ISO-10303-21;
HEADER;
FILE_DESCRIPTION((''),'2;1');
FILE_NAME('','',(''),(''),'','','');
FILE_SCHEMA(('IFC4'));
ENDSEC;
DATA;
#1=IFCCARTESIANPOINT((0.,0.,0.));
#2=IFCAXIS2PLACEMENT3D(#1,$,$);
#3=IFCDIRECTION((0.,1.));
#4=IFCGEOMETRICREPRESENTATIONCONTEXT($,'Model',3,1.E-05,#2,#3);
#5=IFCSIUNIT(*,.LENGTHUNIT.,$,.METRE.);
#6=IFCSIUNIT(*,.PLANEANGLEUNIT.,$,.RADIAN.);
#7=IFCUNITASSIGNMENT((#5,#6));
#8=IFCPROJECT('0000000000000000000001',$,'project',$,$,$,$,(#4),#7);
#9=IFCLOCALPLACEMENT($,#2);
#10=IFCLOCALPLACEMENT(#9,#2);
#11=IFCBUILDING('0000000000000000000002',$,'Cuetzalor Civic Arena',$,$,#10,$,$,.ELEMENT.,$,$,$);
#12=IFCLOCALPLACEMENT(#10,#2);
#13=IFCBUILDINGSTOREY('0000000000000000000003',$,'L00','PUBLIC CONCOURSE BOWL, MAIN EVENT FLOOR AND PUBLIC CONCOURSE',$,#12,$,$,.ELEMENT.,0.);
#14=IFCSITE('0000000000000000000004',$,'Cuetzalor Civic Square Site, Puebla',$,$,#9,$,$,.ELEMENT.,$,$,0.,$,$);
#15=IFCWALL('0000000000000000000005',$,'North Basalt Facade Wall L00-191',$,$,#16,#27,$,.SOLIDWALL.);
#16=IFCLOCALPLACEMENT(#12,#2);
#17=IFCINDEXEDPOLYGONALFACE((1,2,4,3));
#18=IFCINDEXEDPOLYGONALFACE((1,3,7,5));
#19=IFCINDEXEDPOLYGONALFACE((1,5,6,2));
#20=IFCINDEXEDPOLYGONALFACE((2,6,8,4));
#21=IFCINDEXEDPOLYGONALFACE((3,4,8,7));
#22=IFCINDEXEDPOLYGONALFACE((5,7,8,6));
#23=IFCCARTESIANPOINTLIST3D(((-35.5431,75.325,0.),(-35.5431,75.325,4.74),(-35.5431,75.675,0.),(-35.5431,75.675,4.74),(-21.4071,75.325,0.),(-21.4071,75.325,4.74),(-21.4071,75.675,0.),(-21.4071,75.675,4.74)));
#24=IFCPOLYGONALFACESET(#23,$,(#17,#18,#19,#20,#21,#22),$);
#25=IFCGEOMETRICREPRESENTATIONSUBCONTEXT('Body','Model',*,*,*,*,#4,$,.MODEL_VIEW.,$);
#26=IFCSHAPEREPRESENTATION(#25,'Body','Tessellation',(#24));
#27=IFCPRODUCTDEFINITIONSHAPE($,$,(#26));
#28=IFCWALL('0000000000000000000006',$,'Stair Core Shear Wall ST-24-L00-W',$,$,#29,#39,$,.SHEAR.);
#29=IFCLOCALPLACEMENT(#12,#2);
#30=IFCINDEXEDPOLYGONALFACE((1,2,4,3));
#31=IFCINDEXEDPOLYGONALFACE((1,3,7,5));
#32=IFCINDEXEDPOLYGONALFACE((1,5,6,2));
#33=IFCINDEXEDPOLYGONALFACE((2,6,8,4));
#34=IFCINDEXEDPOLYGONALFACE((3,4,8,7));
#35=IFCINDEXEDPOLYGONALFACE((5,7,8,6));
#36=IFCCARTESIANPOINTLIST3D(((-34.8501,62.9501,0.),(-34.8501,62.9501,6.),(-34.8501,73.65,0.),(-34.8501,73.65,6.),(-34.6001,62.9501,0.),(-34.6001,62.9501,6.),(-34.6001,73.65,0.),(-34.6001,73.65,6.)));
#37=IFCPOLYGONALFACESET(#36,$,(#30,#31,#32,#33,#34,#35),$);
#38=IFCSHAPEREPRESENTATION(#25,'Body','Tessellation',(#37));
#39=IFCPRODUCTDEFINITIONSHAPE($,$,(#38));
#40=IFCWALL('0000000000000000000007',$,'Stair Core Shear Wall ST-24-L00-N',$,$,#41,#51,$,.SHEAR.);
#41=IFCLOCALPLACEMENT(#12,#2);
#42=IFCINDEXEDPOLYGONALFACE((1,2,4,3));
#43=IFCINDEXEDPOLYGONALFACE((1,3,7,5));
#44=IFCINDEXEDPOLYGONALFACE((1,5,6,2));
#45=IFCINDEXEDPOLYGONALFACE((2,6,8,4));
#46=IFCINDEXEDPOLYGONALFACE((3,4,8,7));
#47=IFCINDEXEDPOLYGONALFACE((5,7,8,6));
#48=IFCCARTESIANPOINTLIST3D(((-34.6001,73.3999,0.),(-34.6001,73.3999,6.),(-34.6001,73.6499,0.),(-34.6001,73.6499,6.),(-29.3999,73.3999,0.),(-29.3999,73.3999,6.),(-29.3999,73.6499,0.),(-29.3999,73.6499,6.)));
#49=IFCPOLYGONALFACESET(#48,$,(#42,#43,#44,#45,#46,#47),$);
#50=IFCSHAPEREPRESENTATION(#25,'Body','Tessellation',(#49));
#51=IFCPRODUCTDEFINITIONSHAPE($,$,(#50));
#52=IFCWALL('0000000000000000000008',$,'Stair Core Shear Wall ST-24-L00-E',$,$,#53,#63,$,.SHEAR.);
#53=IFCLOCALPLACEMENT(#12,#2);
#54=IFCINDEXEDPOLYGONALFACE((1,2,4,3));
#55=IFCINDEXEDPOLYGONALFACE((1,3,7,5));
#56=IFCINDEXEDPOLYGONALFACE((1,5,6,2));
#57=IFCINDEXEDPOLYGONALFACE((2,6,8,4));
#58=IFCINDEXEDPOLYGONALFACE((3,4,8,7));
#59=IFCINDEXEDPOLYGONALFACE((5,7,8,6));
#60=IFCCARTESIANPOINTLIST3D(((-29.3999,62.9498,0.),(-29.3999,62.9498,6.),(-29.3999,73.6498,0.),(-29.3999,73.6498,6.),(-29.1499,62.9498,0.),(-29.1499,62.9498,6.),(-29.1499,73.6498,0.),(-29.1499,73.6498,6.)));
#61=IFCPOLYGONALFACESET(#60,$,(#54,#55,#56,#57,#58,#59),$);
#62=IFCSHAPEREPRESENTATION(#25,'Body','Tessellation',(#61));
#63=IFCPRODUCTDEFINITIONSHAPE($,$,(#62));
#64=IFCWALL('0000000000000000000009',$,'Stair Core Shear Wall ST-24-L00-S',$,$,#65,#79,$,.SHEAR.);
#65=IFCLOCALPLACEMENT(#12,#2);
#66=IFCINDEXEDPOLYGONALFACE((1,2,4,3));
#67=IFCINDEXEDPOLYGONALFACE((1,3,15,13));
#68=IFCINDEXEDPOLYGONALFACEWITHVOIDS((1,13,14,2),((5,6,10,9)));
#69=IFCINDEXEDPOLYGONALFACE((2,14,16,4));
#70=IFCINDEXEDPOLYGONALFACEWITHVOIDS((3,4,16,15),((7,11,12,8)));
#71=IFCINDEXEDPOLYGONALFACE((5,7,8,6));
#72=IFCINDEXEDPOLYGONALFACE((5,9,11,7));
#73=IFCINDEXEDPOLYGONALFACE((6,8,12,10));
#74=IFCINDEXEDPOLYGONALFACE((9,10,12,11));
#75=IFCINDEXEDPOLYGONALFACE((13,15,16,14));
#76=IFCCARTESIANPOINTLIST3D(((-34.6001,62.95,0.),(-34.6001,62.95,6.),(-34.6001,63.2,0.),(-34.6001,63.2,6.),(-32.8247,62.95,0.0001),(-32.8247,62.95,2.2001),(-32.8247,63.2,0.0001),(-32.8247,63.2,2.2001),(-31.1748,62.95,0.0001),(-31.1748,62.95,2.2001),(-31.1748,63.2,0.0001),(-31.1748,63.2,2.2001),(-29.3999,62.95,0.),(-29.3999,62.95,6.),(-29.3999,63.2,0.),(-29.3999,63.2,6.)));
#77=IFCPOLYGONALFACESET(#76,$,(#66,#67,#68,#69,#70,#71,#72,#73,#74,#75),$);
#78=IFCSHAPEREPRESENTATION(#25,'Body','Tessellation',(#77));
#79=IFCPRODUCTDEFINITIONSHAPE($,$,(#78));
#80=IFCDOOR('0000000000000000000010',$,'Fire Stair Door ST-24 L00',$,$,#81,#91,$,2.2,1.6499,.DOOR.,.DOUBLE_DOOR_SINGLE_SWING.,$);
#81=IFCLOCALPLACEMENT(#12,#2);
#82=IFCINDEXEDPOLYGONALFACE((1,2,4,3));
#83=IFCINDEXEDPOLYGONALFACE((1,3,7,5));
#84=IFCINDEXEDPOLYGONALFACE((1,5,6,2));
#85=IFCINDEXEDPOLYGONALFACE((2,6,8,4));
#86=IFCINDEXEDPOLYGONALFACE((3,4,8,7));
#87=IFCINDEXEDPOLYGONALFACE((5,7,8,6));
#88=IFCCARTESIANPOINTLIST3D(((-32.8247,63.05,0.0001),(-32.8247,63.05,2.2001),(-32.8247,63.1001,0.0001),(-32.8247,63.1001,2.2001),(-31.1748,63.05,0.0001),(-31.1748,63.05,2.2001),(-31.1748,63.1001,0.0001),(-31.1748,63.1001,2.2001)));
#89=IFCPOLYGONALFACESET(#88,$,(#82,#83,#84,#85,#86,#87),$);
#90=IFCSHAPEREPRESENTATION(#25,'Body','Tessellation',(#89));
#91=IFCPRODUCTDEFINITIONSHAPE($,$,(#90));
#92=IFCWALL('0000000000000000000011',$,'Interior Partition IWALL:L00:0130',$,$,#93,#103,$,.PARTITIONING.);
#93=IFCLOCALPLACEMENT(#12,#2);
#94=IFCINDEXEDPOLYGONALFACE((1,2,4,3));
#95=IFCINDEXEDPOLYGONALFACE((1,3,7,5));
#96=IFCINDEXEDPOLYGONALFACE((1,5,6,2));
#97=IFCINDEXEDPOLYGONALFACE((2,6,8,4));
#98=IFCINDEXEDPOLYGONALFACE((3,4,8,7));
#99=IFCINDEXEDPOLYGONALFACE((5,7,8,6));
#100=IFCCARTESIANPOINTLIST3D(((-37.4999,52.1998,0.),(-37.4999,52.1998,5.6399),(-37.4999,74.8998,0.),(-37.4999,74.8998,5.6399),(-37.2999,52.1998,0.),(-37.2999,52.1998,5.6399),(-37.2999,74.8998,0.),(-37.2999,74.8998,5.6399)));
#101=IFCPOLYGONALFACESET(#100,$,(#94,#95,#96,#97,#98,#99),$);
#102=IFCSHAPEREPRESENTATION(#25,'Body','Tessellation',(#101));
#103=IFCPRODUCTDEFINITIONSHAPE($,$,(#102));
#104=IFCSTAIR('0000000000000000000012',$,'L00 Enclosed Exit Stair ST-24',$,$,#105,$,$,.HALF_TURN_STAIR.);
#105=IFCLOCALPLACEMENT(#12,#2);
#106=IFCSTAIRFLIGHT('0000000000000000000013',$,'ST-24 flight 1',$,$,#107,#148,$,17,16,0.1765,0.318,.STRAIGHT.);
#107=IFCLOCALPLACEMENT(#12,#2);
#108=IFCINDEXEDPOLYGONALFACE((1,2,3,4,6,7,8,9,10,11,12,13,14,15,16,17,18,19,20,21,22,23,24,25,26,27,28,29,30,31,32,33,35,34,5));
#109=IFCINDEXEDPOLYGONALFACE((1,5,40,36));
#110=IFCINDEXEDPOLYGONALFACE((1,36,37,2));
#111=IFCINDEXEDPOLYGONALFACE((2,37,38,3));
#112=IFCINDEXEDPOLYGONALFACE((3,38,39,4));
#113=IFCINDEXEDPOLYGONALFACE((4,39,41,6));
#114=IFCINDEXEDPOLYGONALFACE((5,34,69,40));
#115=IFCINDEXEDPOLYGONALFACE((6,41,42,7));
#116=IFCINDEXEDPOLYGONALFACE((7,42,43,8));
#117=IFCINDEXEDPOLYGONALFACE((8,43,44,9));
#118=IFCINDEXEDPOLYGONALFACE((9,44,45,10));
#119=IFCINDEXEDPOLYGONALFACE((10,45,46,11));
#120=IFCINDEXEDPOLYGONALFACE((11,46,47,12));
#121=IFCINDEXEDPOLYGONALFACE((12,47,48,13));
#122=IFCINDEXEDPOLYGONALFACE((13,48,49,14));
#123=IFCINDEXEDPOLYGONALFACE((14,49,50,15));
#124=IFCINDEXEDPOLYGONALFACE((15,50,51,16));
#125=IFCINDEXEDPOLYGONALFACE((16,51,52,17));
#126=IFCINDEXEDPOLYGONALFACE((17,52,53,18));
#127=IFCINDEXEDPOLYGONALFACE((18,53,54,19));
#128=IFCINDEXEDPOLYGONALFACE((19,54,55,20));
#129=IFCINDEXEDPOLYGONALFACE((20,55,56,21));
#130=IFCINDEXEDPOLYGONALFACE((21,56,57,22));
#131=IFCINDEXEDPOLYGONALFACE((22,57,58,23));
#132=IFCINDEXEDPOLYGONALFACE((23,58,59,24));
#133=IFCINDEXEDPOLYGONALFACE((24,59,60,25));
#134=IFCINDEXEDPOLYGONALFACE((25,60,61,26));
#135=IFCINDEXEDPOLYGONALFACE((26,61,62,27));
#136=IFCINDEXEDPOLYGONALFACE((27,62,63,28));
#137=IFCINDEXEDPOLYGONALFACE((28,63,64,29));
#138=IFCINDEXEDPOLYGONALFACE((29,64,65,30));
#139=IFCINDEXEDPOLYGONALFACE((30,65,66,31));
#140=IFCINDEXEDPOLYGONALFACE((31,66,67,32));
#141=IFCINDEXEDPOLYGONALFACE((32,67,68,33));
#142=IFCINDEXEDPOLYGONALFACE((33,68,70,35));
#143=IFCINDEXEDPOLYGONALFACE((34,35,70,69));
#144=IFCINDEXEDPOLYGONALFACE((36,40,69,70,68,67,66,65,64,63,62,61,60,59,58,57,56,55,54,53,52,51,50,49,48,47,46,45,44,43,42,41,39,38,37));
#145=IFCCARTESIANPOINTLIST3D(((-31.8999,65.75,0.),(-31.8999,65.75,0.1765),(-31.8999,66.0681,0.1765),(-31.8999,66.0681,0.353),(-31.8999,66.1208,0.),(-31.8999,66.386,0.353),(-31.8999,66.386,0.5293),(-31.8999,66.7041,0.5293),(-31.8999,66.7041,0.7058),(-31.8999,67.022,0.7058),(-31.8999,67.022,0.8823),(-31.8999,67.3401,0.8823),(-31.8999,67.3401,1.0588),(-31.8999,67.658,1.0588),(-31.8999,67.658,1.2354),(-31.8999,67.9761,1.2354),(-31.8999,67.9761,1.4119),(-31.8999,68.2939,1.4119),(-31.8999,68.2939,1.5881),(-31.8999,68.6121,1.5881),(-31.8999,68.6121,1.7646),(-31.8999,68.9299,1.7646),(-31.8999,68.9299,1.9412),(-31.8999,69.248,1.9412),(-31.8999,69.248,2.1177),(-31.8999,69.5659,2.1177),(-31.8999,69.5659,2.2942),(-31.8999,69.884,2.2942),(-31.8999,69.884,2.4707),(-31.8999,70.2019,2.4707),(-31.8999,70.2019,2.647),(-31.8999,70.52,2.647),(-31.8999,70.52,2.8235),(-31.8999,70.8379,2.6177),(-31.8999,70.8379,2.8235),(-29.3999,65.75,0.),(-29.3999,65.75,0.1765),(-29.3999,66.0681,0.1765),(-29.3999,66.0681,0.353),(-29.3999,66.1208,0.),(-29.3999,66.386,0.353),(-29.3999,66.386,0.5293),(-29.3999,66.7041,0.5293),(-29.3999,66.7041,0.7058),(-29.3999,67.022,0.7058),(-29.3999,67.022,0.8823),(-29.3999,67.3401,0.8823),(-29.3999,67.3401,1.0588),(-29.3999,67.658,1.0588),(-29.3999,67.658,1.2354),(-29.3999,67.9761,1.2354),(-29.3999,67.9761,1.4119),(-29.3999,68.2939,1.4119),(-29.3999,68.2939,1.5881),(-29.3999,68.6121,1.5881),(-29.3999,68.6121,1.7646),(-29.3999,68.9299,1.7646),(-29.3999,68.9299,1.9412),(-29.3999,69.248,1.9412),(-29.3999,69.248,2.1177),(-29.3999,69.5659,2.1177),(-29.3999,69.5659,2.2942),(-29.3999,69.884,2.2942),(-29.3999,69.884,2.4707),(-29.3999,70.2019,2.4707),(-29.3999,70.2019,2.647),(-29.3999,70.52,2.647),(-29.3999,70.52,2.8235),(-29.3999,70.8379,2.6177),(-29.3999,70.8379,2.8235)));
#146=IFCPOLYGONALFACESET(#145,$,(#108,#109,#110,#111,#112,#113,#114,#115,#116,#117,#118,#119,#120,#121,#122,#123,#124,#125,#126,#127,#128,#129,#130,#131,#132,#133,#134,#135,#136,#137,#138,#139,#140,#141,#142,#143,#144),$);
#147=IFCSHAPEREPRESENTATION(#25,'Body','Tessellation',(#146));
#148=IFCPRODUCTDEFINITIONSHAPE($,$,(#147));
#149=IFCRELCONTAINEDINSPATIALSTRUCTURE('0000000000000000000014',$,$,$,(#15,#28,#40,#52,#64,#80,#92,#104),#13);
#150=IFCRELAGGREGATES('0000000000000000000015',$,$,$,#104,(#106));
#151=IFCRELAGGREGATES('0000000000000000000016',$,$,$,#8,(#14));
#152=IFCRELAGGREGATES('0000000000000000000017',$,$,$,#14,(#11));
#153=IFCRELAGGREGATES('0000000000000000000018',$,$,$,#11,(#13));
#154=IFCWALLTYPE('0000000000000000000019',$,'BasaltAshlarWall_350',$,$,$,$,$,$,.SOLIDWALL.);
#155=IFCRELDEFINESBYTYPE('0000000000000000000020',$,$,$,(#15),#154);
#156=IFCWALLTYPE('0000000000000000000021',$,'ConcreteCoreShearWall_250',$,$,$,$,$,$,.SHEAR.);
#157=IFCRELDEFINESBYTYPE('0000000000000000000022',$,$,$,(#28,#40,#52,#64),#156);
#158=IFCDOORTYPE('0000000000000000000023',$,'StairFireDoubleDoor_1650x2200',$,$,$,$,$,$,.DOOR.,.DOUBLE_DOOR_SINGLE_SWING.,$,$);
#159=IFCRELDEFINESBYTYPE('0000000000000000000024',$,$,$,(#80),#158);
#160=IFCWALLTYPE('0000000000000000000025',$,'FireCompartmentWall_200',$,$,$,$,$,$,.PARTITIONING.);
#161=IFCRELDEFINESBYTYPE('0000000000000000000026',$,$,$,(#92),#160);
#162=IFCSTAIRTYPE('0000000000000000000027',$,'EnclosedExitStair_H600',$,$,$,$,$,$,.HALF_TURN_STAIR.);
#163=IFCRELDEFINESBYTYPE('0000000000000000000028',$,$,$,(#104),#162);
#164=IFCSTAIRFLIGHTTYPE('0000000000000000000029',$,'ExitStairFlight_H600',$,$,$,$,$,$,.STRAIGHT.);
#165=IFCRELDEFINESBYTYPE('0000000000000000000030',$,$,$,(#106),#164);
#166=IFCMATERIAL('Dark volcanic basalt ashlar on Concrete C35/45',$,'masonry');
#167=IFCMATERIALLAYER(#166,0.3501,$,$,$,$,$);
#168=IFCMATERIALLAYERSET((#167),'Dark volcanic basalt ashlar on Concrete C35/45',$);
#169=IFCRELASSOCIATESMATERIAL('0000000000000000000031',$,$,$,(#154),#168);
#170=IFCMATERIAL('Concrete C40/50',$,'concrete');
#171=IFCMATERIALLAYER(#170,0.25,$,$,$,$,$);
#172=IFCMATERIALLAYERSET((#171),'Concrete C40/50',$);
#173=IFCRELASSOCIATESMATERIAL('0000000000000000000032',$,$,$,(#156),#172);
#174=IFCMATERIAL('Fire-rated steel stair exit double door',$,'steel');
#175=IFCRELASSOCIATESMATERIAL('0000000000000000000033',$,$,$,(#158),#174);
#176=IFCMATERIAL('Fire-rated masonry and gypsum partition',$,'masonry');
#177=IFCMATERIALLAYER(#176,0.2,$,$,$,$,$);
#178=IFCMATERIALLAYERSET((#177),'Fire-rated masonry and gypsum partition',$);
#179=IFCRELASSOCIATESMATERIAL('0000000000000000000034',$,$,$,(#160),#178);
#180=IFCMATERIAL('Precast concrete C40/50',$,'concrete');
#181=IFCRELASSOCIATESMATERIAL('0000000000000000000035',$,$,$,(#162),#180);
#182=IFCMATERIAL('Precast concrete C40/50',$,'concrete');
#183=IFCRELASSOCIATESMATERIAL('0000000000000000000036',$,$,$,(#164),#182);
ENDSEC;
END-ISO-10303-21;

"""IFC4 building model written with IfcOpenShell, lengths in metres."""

from ifc_helpers import new_model, si_unit, direction, frame, frame_2d, origin, place, context, subcontext, project, spatial, polyline, rectangle, outline, extrude, material, layer, layer_set, type_object, element, fill, aggregate, save


model = new_model("IFC4")

# Units and contexts
model_context = context("Model", 3, precision=1e-05, world=origin(), true_north=direction((0.0, 1.0)))
body_context = subcontext(model_context, "Body", "Model", "MODEL_VIEW")
ifc_project = project(units=[si_unit("LENGTHUNIT", "METRE"), si_unit("PLANEANGLEUNIT", "RADIAN")], contexts=[model_context])

# Site, building, storey
site_placement = place(None, origin())
site = spatial("IfcSite", under=ifc_project, at=site_placement, Name="Cuetzalor Civic Square Site, Puebla", CompositionType="ELEMENT", RefElevation=0.0)
building_placement = place(site_placement, origin())
building = spatial("IfcBuilding", under=site, at=building_placement, Name="Cuetzalor Civic Arena", CompositionType="ELEMENT")
storey_placement = place(building_placement, origin())
storey = spatial("IfcBuildingStorey", under=building, at=storey_placement, Name="L00", Description="PUBLIC CONCOURSE BOWL, MAIN EVENT FLOOR AND PUBLIC CONCOURSE", CompositionType="ELEMENT", Elevation=0.0)

# Walls
ifc_material_1 = material(Name="Dark volcanic basalt ashlar on Concrete C35/45", Category="masonry")
ifc_layer_1 = layer(ifc_material_1, 0.3501)
ifc_layer_set_1 = layer_set([ifc_layer_1], Name="Dark volcanic basalt ashlar on Concrete C35/45")
wall_type_1 = type_object("IfcWallType", Name="BasaltAshlarWall_350", PredefinedType="SOLIDWALL", material=ifc_layer_set_1)
wall_1_placement = place(storey_placement, frame((-35.543, 75.5, 0.0), z_axis=(0.0, 0.0, 1.0), x_axis=(1.0, 0.0, 0.0)))
element("IfcWall", 1, at=wall_1_placement, inside=storey, type_object=wall_type_1, Name="North Basalt Facade Wall L00-191", PredefinedType="SOLIDWALL", context=body_context, shape_type="SweptSolid", body=[
    extrude(rectangle(XDim=14.136, YDim=0.3501, at=frame_2d((7.0679, 0.0))), origin(), (0.0, 0.0, 1.0), 4.74),
])
ifc_material_2 = material(Name="Concrete C40/50", Category="concrete")
ifc_layer_2 = layer(ifc_material_2, 0.25)
ifc_layer_set_2 = layer_set([ifc_layer_2], Name="Concrete C40/50")
wall_type_2 = type_object("IfcWallType", Name="ConcreteCoreShearWall_250", PredefinedType="SHEAR", material=ifc_layer_set_2)
wall_2_placement = place(storey_placement, frame((-34.7251, 62.95, 0.0), z_axis=(0.0, 0.0, 1.0), x_axis=(0.0, 1.0, 0.0)))
element("IfcWall", 2, at=wall_2_placement, inside=storey, type_object=wall_type_2, Name="Stair Core Shear Wall ST-24-L00-W", PredefinedType="SHEAR", context=body_context, shape_type="SweptSolid", body=[
    extrude(rectangle(XDim=10.7, YDim=0.25, at=frame_2d((5.3501, 0.0))), origin(), (0.0, 0.0, 1.0), 6.0),
])
wall_3_placement = place(storey_placement, frame((-34.6001, 73.5249, 0.0), z_axis=(0.0, 0.0, 1.0), x_axis=(1.0, 0.0, 0.0)))
element("IfcWall", 3, at=wall_3_placement, inside=storey, type_object=wall_type_2, Name="Stair Core Shear Wall ST-24-L00-N", PredefinedType="SHEAR", context=body_context, shape_type="SweptSolid", body=[
    extrude(rectangle(XDim=5.2002, YDim=0.25, at=frame_2d((2.6001, 0.0))), origin(), (0.0, 0.0, 1.0), 6.0),
])
wall_4_placement = place(storey_placement, frame((-29.2749, 73.6499, 0.0), z_axis=(0.0, 0.0, 1.0), x_axis=(0.0, -1.0, 0.0)))
element("IfcWall", 4, at=wall_4_placement, inside=storey, type_object=wall_type_2, Name="Stair Core Shear Wall ST-24-L00-E", PredefinedType="SHEAR", context=body_context, shape_type="SweptSolid", body=[
    extrude(rectangle(XDim=10.7, YDim=0.25, at=frame_2d((5.3501, 0.0))), origin(), (0.0, 0.0, 1.0), 6.0),
])

# Wall, opening, door
wall_5_placement = place(storey_placement, frame((-29.3999, 63.075, 0.0), z_axis=(0.0, 0.0, 1.0), x_axis=(-1.0, 0.0, 0.0)))
wall_5 = element("IfcWall", 5, at=wall_5_placement, inside=storey, type_object=wall_type_2, Name="Stair Core Shear Wall ST-24-L00-S", PredefinedType="SHEAR", context=body_context, shape_type="SweptSolid", body=[
    extrude(rectangle(XDim=5.2002, YDim=0.25, at=frame_2d((2.6001, 0.0))), origin(), (0.0, 0.0, 1.0), 6.0),
])
opening_1_placement = place(wall_5_placement, frame((1.7749, 0.0, 0.0)))
opening_1 = element("IfcOpeningElement", 6, at=opening_1_placement, cuts=wall_5, PredefinedType="OPENING", context=body_context, shape_type="SweptSolid", body=[
    extrude(rectangle(XDim=1.6499, YDim=2.2, at=frame_2d((0.825, 1.1001))), frame((0.0, 0.135, 0.0), z_axis=(0.0, -1.0, 0.0), x_axis=(1.0, 0.0, 0.0)), (0.0, 0.0, 1.0), 0.27),
])
ifc_material_3 = material(Name="Fire-rated steel stair exit double door", Category="steel")
door_type_1 = type_object("IfcDoorType", Name="StairFireDoubleDoor_1650x2200", OperationType="DOUBLE_DOOR_SINGLE_SWING", PredefinedType="DOOR", material=ifc_material_3)
door_1_placement = place(opening_1_placement, origin())
door_1 = element("IfcDoor", 7, at=door_1_placement, inside=storey, type_object=door_type_1, Name="Fire Stair Door ST-24 L00", OperationType="DOUBLE_DOOR_SINGLE_SWING", OverallHeight=2.2, OverallWidth=1.6499, PredefinedType="DOOR", context=body_context, shape_type="SweptSolid", body=[
    extrude(rectangle(XDim=1.6499, YDim=2.2, at=frame_2d((0.825, 1.1001))), frame((0.0, 0.0249, 0.0), z_axis=(0.0, -1.0, 0.0), x_axis=(1.0, 0.0, 0.0)), (0.0, 0.0, 1.0), 0.05),
])
fill(opening_1, door_1)

# Wall
ifc_material_4 = material(Name="Fire-rated masonry and gypsum partition", Category="masonry")
ifc_layer_3 = layer(ifc_material_4, 0.2)
ifc_layer_set_3 = layer_set([ifc_layer_3], Name="Fire-rated masonry and gypsum partition")
wall_type_3 = type_object("IfcWallType", Name="FireCompartmentWall_200", PredefinedType="PARTITIONING", material=ifc_layer_set_3)
wall_6_placement = place(storey_placement, frame((-37.3999, 74.8999, 0.0), z_axis=(0.0, 0.0, 1.0), x_axis=(0.0, -1.0, 0.0)))
element("IfcWall", 8, at=wall_6_placement, inside=storey, type_object=wall_type_3, Name="Interior Partition IWALL:L00:0130", PredefinedType="PARTITIONING", context=body_context, shape_type="SweptSolid", body=[
    extrude(rectangle(XDim=22.7, YDim=0.2, at=frame_2d((11.3501, 0.0))), origin(), (0.0, 0.0, 1.0), 5.6399),
])

# Stair, stair flight
ifc_material_5 = material(Name="Precast concrete C40/50", Category="concrete")
stair_type = type_object("IfcStairType", Name="EnclosedExitStair_H600", PredefinedType="HALF_TURN_STAIR", material=ifc_material_5)
stair_placement = place(storey_placement, origin())
stair = element("IfcStair", 9, at=stair_placement, inside=storey, type_object=stair_type, Name="L00 Enclosed Exit Stair ST-24", PredefinedType="HALF_TURN_STAIR")
ifc_material_6 = material(Name="Precast concrete C40/50", Category="concrete")
stair_flight_type = type_object("IfcStairFlightType", Name="ExitStairFlight_H600", PredefinedType="STRAIGHT", material=ifc_material_6)
stair_flight_1_placement = place(storey_placement, frame((-30.6499, 65.75, 0.0), z_axis=(0.0, 0.0, 1.0), x_axis=(0.0, 1.0, 0.0)))
stair_flight_1 = element("IfcStairFlight", 10, at=stair_flight_1_placement, type_object=stair_flight_type, Name="ST-24 flight 1", NumberOfRisers=17, NumberOfTreads=16, PredefinedType="STRAIGHT", RiserHeight=0.1765, TreadLength=0.318, context=body_context, shape_type="SweptSolid", body=[
    extrude(outline(polyline([(0.0, 0.0), (0.0, 0.1765), (0.3181, 0.1765), (0.3181, 0.353), (0.636, 0.353), (0.636, 0.5293), (0.9541, 0.5293), (0.9541, 0.7058), (1.272, 0.7058), (1.272, 0.8823), (1.5901, 0.8823), (1.5901, 1.0588), (1.908, 1.0588), (1.908, 1.2354), (2.2261, 1.2354), (2.2261, 1.4119), (2.5439, 1.4119), (2.5439, 1.5881), (2.8621, 1.5881), (2.8621, 1.7646), (3.1799, 1.7646), (3.1799, 1.9412), (3.498, 1.9412), (3.498, 2.1177), (3.8159, 2.1177), (3.8159, 2.2942), (4.134, 2.2942), (4.134, 2.4707), (4.4519, 2.4707), (4.4519, 2.647), (4.77, 2.647), (4.77, 2.8235), (5.0879, 2.8235), (5.0879, 3.0), (5.0879, 2.6177), (0.3708, 0.0), (0.0, 0.0)])), frame((0.0, 1.25, 0.0), z_axis=(0.0, -1.0, 0.0), x_axis=(1.0, 0.0, 0.0)), (0.0, 0.0, 1.0), 2.5),
])
aggregate(stair, [stair_flight_1])

save(model, "model.ifc")
